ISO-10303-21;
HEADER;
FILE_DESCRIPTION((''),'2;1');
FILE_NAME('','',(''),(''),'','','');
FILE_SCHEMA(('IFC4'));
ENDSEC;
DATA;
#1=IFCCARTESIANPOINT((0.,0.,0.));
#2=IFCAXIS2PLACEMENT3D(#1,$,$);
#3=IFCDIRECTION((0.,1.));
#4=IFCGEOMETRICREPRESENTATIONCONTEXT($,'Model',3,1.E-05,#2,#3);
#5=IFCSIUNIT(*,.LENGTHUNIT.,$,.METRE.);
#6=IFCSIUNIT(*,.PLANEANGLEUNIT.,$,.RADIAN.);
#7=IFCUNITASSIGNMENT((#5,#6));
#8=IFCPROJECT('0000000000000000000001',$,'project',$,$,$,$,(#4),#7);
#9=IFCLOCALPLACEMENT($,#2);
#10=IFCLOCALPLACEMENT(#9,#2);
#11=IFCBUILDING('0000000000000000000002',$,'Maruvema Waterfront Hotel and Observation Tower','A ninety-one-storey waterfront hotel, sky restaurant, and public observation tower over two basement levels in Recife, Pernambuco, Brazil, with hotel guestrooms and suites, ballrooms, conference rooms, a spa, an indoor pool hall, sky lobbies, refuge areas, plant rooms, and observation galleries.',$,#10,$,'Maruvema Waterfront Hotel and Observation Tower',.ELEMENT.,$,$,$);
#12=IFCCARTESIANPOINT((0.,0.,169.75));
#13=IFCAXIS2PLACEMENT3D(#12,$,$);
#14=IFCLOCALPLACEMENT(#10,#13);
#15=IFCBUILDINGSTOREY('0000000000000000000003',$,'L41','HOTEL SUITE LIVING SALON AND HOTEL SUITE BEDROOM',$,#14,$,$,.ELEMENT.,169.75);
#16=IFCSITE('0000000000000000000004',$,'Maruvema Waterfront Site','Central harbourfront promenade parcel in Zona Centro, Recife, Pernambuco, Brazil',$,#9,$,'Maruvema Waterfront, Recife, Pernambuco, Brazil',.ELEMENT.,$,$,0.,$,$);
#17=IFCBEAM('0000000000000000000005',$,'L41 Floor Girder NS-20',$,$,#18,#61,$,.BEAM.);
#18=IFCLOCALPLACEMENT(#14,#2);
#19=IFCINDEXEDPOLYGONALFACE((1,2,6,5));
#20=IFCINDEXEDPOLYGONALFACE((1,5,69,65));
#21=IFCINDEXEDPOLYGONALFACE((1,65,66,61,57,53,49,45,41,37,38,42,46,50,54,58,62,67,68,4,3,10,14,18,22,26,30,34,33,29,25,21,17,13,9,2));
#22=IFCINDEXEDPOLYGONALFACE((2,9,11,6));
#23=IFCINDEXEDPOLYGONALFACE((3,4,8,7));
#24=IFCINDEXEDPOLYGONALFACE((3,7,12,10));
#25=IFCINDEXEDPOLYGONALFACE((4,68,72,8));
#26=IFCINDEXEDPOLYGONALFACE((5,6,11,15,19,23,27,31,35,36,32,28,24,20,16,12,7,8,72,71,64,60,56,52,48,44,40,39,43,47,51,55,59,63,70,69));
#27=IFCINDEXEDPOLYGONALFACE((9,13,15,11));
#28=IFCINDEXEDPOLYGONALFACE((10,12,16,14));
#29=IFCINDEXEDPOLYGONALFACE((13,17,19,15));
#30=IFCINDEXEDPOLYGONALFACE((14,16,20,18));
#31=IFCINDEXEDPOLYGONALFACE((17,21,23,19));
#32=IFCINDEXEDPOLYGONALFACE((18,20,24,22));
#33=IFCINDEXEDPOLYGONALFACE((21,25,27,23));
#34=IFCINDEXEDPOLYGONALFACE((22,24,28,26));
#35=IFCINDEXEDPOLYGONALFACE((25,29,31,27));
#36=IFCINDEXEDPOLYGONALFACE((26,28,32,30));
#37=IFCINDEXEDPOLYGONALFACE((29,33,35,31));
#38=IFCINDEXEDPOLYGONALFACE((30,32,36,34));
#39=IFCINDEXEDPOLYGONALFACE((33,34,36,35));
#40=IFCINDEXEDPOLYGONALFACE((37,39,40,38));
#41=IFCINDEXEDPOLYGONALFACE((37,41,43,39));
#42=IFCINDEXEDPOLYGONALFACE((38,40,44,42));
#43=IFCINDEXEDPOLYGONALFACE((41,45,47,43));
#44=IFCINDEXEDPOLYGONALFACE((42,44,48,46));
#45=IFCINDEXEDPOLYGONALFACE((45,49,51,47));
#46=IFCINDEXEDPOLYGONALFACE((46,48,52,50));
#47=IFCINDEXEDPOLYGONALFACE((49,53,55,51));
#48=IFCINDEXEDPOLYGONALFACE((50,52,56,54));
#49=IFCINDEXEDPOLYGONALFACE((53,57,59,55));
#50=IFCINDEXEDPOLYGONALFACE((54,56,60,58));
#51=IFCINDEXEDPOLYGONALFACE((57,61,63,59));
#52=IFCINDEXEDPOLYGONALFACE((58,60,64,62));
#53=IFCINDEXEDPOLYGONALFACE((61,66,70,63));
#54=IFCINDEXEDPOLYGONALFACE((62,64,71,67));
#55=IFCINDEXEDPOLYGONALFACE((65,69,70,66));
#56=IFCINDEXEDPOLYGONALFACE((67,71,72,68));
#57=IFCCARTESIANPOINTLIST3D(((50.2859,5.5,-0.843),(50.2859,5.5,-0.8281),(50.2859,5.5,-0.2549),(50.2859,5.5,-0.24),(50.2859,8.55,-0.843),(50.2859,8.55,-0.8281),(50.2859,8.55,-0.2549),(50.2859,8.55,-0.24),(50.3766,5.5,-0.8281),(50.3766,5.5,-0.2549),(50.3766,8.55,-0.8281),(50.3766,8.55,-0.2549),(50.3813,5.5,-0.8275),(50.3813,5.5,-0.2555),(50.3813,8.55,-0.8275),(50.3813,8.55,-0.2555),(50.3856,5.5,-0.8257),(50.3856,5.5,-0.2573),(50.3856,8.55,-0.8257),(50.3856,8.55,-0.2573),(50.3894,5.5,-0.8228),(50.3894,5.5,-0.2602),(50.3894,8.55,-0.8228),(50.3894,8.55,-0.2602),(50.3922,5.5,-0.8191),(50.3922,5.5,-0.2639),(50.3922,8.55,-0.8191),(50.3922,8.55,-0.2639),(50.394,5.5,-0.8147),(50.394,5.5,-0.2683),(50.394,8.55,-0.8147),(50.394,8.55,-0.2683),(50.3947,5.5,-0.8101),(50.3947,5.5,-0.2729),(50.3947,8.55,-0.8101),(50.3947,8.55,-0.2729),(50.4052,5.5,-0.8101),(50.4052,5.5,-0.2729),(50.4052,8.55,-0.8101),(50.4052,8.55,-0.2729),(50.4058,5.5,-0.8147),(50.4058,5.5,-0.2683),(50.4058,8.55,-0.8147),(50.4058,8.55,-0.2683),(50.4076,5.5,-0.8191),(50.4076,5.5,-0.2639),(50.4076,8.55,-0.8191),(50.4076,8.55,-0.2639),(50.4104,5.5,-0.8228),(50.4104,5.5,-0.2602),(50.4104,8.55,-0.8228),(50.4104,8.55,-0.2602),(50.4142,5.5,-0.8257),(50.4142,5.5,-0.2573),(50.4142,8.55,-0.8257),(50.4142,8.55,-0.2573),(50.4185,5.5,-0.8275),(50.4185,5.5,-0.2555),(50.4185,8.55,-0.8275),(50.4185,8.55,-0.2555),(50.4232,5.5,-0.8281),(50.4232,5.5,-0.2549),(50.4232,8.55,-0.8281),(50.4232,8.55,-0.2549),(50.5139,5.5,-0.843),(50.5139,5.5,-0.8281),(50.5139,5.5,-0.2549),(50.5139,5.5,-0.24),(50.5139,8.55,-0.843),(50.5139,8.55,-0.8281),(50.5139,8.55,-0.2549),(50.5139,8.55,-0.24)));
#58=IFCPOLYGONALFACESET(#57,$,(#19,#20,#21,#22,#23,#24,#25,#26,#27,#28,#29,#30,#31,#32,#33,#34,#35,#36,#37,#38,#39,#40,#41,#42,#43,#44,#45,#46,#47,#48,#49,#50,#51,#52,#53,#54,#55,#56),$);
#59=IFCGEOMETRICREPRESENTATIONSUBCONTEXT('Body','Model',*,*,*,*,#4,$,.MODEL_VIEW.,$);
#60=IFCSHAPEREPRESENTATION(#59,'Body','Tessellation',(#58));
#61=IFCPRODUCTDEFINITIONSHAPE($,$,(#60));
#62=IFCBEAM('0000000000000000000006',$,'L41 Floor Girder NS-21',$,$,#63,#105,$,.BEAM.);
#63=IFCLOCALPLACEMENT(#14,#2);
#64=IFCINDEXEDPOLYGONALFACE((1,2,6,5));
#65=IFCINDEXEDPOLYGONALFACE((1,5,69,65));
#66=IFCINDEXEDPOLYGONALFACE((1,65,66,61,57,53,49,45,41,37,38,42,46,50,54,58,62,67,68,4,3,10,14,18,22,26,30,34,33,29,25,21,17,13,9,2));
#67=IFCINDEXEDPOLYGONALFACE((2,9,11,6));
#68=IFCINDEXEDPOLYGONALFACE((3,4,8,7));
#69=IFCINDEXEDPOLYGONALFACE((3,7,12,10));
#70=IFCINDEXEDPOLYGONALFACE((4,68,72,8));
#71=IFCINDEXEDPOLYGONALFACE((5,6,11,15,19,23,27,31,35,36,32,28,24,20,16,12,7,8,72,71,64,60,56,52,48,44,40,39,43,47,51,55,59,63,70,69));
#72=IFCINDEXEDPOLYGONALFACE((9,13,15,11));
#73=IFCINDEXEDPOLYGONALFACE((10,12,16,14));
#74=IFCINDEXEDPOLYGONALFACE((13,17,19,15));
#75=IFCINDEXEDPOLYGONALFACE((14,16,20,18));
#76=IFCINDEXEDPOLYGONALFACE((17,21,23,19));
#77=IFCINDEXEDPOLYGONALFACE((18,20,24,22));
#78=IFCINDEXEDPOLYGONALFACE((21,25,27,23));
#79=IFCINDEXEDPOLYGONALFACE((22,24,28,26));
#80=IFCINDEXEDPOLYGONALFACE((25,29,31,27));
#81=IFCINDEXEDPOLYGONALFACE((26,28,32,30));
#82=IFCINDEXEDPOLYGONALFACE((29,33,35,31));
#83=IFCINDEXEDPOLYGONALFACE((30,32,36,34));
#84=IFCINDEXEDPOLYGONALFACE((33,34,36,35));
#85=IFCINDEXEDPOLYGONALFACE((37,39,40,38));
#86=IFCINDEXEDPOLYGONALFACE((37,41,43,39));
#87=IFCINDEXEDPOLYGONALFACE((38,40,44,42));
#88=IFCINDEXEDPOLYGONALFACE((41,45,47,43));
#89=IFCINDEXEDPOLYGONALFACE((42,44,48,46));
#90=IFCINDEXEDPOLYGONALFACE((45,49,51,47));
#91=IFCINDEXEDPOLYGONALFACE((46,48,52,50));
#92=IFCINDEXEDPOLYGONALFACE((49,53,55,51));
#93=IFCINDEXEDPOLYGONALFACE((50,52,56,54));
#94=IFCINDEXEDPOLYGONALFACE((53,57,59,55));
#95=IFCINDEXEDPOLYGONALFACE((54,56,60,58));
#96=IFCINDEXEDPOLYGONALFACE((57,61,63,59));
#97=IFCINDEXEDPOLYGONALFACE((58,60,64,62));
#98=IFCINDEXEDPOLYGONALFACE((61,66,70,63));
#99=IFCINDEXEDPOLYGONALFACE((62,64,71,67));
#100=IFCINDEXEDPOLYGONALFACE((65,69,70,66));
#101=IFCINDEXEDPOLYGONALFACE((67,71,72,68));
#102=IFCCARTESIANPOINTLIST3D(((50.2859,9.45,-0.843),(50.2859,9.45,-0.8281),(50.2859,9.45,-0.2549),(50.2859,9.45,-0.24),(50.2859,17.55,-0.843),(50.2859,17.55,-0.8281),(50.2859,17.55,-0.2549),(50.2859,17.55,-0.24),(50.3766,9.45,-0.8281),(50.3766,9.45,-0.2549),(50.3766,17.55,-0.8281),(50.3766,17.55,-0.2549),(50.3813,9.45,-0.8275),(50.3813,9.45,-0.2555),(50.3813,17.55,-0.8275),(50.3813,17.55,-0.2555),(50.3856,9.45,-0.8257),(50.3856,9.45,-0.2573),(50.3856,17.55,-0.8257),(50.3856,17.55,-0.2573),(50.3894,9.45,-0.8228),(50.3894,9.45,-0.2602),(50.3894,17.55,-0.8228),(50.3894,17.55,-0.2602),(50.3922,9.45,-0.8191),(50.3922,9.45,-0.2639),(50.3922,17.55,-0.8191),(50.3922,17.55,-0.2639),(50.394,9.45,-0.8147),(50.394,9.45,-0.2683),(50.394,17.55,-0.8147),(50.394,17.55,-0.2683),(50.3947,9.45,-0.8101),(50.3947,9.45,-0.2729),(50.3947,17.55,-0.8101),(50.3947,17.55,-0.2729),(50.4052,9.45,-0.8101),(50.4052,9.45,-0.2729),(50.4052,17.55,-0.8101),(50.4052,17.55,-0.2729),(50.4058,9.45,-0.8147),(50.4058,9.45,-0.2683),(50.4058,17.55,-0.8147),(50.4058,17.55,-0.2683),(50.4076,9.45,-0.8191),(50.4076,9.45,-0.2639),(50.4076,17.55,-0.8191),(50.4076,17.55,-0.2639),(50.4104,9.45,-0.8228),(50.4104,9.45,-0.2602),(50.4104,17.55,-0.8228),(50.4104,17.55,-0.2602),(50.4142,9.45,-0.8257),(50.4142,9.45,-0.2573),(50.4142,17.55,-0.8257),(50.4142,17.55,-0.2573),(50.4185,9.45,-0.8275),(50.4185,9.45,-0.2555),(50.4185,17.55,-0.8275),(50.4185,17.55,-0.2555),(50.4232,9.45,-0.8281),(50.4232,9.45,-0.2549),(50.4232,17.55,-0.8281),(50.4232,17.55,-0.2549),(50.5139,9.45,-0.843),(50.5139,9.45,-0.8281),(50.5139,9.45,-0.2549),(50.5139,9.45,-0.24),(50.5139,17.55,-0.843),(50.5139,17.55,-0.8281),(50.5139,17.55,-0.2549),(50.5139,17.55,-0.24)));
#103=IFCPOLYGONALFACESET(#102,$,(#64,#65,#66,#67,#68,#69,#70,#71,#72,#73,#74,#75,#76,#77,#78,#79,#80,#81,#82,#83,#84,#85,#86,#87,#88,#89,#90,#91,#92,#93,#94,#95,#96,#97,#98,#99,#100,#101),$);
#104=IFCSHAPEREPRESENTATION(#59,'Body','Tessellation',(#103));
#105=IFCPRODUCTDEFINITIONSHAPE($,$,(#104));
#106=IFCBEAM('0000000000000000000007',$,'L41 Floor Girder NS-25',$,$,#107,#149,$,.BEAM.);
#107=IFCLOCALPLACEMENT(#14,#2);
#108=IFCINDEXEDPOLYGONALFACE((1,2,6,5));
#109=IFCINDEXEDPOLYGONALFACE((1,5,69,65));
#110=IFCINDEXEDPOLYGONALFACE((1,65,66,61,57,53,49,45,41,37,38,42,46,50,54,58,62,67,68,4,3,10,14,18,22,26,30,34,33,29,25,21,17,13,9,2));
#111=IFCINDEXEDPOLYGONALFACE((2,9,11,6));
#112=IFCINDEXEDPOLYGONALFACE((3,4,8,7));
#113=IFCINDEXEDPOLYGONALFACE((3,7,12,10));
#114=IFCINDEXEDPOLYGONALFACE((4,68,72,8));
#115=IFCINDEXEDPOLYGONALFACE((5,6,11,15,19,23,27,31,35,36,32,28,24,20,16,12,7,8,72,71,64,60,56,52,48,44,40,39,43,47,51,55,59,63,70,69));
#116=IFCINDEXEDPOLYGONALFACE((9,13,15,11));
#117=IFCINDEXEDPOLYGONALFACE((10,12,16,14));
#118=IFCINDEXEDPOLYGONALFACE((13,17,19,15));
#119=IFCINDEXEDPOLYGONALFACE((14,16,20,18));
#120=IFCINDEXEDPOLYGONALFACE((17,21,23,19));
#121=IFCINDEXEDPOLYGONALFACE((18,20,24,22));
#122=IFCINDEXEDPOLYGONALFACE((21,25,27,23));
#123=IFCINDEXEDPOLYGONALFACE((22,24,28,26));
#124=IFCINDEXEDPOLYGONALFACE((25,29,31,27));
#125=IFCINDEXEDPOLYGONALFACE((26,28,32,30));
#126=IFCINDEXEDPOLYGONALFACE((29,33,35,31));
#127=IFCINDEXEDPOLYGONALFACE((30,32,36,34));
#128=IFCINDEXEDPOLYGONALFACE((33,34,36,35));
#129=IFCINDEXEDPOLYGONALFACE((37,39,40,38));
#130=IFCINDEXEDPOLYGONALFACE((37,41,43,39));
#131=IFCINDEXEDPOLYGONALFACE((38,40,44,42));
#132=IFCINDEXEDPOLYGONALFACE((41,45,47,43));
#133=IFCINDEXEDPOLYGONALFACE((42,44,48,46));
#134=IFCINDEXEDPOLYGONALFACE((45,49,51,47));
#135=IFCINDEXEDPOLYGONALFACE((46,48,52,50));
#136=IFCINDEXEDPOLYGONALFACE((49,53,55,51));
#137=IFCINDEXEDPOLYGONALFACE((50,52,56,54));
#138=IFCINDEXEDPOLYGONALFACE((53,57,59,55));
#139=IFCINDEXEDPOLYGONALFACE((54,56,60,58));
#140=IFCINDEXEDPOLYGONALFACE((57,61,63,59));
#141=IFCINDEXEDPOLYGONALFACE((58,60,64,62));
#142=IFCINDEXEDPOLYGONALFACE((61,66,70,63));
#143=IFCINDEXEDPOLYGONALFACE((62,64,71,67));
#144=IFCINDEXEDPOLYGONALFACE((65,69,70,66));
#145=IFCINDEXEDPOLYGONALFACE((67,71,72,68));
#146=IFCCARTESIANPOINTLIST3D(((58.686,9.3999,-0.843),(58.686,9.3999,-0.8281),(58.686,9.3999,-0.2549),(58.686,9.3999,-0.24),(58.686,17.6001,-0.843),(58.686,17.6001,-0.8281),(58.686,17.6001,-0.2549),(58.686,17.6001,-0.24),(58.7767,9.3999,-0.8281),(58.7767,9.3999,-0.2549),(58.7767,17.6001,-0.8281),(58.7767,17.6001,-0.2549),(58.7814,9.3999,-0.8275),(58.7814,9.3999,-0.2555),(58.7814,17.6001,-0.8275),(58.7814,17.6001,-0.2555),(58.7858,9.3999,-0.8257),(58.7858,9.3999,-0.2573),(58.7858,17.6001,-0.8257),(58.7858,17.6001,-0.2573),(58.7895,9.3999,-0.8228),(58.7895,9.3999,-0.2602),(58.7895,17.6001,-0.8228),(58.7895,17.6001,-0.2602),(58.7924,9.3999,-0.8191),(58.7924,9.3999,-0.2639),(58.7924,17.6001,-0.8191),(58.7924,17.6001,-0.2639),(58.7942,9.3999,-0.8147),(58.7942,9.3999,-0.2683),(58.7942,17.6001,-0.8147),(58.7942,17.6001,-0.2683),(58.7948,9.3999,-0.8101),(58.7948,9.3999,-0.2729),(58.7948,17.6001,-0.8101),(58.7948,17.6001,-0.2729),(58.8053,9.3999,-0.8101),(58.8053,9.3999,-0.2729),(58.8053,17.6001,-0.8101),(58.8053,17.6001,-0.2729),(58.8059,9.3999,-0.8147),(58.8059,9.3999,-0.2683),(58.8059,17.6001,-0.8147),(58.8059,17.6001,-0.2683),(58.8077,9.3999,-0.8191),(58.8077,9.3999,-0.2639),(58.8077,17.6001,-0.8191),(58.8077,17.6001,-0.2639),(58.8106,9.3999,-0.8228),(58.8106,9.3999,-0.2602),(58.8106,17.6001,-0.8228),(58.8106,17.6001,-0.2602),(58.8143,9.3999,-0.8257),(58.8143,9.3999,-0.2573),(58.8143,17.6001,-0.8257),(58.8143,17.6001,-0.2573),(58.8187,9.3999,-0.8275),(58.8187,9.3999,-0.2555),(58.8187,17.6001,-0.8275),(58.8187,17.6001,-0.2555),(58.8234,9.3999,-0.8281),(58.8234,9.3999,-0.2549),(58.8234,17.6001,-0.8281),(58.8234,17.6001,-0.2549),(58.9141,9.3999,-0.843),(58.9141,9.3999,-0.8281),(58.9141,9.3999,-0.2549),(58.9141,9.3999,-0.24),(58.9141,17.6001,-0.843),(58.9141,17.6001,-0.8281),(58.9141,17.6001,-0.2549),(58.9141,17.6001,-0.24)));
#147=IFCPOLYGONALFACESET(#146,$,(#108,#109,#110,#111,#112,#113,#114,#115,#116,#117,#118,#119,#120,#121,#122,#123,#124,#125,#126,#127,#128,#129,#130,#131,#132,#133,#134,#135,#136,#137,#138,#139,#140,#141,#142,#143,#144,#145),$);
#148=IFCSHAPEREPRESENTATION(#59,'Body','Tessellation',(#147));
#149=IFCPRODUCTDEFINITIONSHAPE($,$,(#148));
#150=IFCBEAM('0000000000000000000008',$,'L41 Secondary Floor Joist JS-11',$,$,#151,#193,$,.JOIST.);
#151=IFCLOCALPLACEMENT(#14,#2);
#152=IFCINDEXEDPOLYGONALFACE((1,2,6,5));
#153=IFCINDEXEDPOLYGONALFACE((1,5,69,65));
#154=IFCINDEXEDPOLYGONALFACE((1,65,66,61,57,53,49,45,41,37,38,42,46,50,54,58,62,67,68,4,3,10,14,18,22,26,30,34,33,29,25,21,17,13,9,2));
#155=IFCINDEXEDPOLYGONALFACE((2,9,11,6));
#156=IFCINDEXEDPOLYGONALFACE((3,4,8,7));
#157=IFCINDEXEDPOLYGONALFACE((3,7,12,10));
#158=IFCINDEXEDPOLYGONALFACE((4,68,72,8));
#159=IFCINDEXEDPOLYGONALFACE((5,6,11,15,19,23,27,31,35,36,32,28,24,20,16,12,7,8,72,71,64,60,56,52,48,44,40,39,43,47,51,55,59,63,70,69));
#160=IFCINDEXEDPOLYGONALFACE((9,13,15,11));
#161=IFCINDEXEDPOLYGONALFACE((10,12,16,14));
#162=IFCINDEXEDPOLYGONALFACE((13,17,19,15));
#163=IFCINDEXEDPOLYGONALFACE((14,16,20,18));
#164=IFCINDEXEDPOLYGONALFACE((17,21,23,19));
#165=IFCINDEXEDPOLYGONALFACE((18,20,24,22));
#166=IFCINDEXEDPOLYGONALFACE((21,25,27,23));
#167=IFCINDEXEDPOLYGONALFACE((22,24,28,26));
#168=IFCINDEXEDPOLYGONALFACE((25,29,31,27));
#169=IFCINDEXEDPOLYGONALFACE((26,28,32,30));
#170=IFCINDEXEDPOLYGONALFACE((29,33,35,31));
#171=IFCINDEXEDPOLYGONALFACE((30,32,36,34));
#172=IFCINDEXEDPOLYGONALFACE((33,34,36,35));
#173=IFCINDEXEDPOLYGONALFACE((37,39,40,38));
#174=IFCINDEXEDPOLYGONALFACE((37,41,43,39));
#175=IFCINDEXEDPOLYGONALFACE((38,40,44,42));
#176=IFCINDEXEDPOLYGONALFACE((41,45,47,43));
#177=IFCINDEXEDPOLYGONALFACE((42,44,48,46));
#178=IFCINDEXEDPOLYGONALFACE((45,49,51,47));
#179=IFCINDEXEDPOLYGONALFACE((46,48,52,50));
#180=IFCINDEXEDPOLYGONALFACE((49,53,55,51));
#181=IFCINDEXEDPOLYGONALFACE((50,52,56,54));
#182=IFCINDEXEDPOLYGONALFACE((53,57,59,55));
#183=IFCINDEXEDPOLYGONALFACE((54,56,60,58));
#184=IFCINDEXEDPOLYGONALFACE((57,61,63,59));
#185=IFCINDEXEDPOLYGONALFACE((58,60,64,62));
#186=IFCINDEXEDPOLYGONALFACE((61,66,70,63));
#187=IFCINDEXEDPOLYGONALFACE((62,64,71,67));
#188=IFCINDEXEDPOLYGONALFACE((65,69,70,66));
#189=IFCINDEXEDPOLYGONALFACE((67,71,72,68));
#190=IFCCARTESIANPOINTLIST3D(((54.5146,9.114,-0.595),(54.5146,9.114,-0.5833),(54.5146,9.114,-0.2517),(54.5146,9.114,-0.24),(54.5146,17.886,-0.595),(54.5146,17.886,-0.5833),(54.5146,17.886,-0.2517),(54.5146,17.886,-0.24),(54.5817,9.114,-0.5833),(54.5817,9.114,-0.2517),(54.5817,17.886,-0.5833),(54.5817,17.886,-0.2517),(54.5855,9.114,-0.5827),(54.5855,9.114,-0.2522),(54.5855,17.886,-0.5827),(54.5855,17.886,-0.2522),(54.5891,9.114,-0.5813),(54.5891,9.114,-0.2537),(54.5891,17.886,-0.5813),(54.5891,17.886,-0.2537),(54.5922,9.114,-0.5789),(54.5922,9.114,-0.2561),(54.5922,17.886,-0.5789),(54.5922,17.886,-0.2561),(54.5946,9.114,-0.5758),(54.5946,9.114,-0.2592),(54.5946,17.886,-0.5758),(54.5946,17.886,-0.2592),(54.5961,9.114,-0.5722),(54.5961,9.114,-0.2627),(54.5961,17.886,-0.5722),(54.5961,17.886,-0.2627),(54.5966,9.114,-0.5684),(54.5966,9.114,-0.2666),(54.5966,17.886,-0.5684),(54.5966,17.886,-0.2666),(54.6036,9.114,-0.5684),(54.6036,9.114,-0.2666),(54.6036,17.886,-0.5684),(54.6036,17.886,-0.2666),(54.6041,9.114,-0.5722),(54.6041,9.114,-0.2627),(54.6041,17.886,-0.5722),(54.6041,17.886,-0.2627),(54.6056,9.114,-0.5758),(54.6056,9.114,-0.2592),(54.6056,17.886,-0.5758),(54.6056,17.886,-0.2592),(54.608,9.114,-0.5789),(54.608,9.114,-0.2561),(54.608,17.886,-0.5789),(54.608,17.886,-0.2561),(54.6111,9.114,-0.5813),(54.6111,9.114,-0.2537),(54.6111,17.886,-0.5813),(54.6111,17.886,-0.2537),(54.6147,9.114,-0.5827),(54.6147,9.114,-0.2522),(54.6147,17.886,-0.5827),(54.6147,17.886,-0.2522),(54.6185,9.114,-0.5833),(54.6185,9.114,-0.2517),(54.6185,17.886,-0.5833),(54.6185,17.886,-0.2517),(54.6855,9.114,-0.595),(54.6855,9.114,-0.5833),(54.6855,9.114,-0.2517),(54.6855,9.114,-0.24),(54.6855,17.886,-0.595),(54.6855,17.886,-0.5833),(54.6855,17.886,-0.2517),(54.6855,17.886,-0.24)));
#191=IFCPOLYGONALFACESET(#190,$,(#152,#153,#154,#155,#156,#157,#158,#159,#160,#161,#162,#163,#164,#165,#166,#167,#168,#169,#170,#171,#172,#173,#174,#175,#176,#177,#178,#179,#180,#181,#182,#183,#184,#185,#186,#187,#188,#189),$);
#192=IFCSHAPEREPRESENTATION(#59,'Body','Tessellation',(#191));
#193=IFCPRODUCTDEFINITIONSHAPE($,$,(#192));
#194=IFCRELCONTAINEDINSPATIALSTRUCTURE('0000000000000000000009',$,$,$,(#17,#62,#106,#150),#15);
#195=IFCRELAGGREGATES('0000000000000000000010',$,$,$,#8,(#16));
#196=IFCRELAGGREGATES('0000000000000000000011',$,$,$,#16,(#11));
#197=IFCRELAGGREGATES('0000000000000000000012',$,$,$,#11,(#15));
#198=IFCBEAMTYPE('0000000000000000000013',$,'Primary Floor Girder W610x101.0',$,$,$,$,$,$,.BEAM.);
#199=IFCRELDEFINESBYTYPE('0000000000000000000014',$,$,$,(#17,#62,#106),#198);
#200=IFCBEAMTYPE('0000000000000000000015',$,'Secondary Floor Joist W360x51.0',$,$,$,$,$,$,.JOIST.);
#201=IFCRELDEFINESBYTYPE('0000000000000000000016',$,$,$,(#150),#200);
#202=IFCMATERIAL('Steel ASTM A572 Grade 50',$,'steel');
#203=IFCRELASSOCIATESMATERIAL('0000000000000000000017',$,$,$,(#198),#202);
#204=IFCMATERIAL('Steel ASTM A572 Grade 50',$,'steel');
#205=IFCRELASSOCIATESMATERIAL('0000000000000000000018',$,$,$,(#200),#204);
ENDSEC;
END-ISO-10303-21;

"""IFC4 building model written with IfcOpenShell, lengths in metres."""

from ifc_helpers import new_model, si_unit, direction, frame, origin, origin_2d, place, context, subcontext, project, spatial, i_section, extrude, material, material_profile, profile_set, type_object, element, save


model = new_model("IFC4")

# Units and contexts
model_context = context("Model", 3, precision=1e-05, world=origin(), true_north=direction((0.0, 1.0)))
body_context = subcontext(model_context, "Body", "Model", "MODEL_VIEW")
ifc_project = project(units=[si_unit("LENGTHUNIT", "METRE"), si_unit("PLANEANGLEUNIT", "RADIAN")], contexts=[model_context])

# Site, building, storey
site_placement = place(None, origin())
site = spatial("IfcSite", under=ifc_project, at=site_placement, Name="Maruvema Waterfront Site", Description="Central harbourfront promenade parcel in Zona Centro, Recife, Pernambuco, Brazil", LongName="Maruvema Waterfront, Recife, Pernambuco, Brazil", CompositionType="ELEMENT", RefElevation=0.0)
building_placement = place(site_placement, origin())
building = spatial("IfcBuilding", under=site, at=building_placement, Name="Maruvema Waterfront Hotel and Observation Tower", Description="A ninety-one-storey waterfront hotel, sky restaurant, and public observation tower over two basement levels in Recife, Pernambuco, Brazil, with hotel guestrooms and suites, ballrooms, conference rooms, a spa, an indoor pool hall, sky lobbies, refuge areas, plant rooms, and observation galleries.", LongName="Maruvema Waterfront Hotel and Observation Tower", CompositionType="ELEMENT")
storey_placement = place(building_placement, frame((0.0, 0.0, 169.75)))
storey = spatial("IfcBuildingStorey", under=building, at=storey_placement, Name="L41", Description="HOTEL SUITE LIVING SALON AND HOTEL SUITE BEDROOM", CompositionType="ELEMENT", Elevation=169.75)

# Beams
ifc_material_1 = material(Name="Steel ASTM A572 Grade 50", Category="steel")
ifc_material_profile_1 = material_profile(ifc_material_1, i_section(OverallWidth=0.228, OverallDepth=0.603, WebThickness=0.0105, FlangeThickness=0.0149, FilletRadius=0.0181, at=origin_2d()), Name="W610x101.0")
ifc_profile_set_1 = profile_set([ifc_material_profile_1], Name="Steel ASTM A572 Grade 50")
beam_type_1 = type_object("IfcBeamType", Name="Primary Floor Girder W610x101.0", PredefinedType="BEAM", material=ifc_profile_set_1)
beam_1_placement = place(storey_placement, frame((50.3999, 5.5, -0.5415), z_axis=(0.0, 1.0, 0.0), x_axis=(-1.0, 0.0, 0.0)))
element("IfcBeam", 1, at=beam_1_placement, inside=storey, type_object=beam_type_1, Name="L41 Floor Girder NS-20", PredefinedType="BEAM", context=body_context, shape_type="SweptSolid", body=[
    extrude(i_section(OverallWidth=0.228, OverallDepth=0.603, WebThickness=0.0105, FlangeThickness=0.0149, FilletRadius=0.0181, at=origin_2d()), origin(), (0.0, 0.0, 1.0), 3.05),
])
beam_2_placement = place(storey_placement, frame((50.3999, 9.45, -0.5415), z_axis=(0.0, 1.0, 0.0), x_axis=(-1.0, 0.0, 0.0)))
element("IfcBeam", 2, at=beam_2_placement, inside=storey, type_object=beam_type_1, Name="L41 Floor Girder NS-21", PredefinedType="BEAM", context=body_context, shape_type="SweptSolid", body=[
    extrude(i_section(OverallWidth=0.228, OverallDepth=0.603, WebThickness=0.0105, FlangeThickness=0.0149, FilletRadius=0.0181, at=origin_2d()), origin(), (0.0, 0.0, 1.0), 8.1001),
])
beam_3_placement = place(storey_placement, frame((58.8, 9.3999, -0.5415), z_axis=(0.0, 1.0, 0.0), x_axis=(-1.0, 0.0, 0.0)))
element("IfcBeam", 3, at=beam_3_placement, inside=storey, type_object=beam_type_1, Name="L41 Floor Girder NS-25", PredefinedType="BEAM", context=body_context, shape_type="SweptSolid", body=[
    extrude(i_section(OverallWidth=0.228, OverallDepth=0.603, WebThickness=0.0105, FlangeThickness=0.0149, FilletRadius=0.0181, at=origin_2d()), origin(), (0.0, 0.0, 1.0), 8.2002),
])
ifc_material_2 = material(Name="Steel ASTM A572 Grade 50", Category="steel")
ifc_material_profile_2 = material_profile(ifc_material_2, i_section(OverallWidth=0.1709, OverallDepth=0.355, WebThickness=0.0071, FlangeThickness=0.0117, FilletRadius=0.0149, at=origin_2d()), Name="W360x51.0")
ifc_profile_set_2 = profile_set([ifc_material_profile_2], Name="Steel ASTM A572 Grade 50")
beam_type_2 = type_object("IfcBeamType", Name="Secondary Floor Joist W360x51.0", PredefinedType="JOIST", material=ifc_profile_set_2)
beam_4_placement = place(storey_placement, frame((54.6001, 9.114, -0.4175), z_axis=(0.0, 1.0, 0.0), x_axis=(-1.0, 0.0, 0.0)))
element("IfcBeam", 4, at=beam_4_placement, inside=storey, type_object=beam_type_2, Name="L41 Secondary Floor Joist JS-11", PredefinedType="JOIST", context=body_context, shape_type="SweptSolid", body=[
    extrude(i_section(OverallWidth=0.1709, OverallDepth=0.355, WebThickness=0.0071, FlangeThickness=0.0117, FilletRadius=0.0149, at=origin_2d()), origin(), (0.0, 0.0, 1.0), 8.772),
])

save(model, "model.ifc")
